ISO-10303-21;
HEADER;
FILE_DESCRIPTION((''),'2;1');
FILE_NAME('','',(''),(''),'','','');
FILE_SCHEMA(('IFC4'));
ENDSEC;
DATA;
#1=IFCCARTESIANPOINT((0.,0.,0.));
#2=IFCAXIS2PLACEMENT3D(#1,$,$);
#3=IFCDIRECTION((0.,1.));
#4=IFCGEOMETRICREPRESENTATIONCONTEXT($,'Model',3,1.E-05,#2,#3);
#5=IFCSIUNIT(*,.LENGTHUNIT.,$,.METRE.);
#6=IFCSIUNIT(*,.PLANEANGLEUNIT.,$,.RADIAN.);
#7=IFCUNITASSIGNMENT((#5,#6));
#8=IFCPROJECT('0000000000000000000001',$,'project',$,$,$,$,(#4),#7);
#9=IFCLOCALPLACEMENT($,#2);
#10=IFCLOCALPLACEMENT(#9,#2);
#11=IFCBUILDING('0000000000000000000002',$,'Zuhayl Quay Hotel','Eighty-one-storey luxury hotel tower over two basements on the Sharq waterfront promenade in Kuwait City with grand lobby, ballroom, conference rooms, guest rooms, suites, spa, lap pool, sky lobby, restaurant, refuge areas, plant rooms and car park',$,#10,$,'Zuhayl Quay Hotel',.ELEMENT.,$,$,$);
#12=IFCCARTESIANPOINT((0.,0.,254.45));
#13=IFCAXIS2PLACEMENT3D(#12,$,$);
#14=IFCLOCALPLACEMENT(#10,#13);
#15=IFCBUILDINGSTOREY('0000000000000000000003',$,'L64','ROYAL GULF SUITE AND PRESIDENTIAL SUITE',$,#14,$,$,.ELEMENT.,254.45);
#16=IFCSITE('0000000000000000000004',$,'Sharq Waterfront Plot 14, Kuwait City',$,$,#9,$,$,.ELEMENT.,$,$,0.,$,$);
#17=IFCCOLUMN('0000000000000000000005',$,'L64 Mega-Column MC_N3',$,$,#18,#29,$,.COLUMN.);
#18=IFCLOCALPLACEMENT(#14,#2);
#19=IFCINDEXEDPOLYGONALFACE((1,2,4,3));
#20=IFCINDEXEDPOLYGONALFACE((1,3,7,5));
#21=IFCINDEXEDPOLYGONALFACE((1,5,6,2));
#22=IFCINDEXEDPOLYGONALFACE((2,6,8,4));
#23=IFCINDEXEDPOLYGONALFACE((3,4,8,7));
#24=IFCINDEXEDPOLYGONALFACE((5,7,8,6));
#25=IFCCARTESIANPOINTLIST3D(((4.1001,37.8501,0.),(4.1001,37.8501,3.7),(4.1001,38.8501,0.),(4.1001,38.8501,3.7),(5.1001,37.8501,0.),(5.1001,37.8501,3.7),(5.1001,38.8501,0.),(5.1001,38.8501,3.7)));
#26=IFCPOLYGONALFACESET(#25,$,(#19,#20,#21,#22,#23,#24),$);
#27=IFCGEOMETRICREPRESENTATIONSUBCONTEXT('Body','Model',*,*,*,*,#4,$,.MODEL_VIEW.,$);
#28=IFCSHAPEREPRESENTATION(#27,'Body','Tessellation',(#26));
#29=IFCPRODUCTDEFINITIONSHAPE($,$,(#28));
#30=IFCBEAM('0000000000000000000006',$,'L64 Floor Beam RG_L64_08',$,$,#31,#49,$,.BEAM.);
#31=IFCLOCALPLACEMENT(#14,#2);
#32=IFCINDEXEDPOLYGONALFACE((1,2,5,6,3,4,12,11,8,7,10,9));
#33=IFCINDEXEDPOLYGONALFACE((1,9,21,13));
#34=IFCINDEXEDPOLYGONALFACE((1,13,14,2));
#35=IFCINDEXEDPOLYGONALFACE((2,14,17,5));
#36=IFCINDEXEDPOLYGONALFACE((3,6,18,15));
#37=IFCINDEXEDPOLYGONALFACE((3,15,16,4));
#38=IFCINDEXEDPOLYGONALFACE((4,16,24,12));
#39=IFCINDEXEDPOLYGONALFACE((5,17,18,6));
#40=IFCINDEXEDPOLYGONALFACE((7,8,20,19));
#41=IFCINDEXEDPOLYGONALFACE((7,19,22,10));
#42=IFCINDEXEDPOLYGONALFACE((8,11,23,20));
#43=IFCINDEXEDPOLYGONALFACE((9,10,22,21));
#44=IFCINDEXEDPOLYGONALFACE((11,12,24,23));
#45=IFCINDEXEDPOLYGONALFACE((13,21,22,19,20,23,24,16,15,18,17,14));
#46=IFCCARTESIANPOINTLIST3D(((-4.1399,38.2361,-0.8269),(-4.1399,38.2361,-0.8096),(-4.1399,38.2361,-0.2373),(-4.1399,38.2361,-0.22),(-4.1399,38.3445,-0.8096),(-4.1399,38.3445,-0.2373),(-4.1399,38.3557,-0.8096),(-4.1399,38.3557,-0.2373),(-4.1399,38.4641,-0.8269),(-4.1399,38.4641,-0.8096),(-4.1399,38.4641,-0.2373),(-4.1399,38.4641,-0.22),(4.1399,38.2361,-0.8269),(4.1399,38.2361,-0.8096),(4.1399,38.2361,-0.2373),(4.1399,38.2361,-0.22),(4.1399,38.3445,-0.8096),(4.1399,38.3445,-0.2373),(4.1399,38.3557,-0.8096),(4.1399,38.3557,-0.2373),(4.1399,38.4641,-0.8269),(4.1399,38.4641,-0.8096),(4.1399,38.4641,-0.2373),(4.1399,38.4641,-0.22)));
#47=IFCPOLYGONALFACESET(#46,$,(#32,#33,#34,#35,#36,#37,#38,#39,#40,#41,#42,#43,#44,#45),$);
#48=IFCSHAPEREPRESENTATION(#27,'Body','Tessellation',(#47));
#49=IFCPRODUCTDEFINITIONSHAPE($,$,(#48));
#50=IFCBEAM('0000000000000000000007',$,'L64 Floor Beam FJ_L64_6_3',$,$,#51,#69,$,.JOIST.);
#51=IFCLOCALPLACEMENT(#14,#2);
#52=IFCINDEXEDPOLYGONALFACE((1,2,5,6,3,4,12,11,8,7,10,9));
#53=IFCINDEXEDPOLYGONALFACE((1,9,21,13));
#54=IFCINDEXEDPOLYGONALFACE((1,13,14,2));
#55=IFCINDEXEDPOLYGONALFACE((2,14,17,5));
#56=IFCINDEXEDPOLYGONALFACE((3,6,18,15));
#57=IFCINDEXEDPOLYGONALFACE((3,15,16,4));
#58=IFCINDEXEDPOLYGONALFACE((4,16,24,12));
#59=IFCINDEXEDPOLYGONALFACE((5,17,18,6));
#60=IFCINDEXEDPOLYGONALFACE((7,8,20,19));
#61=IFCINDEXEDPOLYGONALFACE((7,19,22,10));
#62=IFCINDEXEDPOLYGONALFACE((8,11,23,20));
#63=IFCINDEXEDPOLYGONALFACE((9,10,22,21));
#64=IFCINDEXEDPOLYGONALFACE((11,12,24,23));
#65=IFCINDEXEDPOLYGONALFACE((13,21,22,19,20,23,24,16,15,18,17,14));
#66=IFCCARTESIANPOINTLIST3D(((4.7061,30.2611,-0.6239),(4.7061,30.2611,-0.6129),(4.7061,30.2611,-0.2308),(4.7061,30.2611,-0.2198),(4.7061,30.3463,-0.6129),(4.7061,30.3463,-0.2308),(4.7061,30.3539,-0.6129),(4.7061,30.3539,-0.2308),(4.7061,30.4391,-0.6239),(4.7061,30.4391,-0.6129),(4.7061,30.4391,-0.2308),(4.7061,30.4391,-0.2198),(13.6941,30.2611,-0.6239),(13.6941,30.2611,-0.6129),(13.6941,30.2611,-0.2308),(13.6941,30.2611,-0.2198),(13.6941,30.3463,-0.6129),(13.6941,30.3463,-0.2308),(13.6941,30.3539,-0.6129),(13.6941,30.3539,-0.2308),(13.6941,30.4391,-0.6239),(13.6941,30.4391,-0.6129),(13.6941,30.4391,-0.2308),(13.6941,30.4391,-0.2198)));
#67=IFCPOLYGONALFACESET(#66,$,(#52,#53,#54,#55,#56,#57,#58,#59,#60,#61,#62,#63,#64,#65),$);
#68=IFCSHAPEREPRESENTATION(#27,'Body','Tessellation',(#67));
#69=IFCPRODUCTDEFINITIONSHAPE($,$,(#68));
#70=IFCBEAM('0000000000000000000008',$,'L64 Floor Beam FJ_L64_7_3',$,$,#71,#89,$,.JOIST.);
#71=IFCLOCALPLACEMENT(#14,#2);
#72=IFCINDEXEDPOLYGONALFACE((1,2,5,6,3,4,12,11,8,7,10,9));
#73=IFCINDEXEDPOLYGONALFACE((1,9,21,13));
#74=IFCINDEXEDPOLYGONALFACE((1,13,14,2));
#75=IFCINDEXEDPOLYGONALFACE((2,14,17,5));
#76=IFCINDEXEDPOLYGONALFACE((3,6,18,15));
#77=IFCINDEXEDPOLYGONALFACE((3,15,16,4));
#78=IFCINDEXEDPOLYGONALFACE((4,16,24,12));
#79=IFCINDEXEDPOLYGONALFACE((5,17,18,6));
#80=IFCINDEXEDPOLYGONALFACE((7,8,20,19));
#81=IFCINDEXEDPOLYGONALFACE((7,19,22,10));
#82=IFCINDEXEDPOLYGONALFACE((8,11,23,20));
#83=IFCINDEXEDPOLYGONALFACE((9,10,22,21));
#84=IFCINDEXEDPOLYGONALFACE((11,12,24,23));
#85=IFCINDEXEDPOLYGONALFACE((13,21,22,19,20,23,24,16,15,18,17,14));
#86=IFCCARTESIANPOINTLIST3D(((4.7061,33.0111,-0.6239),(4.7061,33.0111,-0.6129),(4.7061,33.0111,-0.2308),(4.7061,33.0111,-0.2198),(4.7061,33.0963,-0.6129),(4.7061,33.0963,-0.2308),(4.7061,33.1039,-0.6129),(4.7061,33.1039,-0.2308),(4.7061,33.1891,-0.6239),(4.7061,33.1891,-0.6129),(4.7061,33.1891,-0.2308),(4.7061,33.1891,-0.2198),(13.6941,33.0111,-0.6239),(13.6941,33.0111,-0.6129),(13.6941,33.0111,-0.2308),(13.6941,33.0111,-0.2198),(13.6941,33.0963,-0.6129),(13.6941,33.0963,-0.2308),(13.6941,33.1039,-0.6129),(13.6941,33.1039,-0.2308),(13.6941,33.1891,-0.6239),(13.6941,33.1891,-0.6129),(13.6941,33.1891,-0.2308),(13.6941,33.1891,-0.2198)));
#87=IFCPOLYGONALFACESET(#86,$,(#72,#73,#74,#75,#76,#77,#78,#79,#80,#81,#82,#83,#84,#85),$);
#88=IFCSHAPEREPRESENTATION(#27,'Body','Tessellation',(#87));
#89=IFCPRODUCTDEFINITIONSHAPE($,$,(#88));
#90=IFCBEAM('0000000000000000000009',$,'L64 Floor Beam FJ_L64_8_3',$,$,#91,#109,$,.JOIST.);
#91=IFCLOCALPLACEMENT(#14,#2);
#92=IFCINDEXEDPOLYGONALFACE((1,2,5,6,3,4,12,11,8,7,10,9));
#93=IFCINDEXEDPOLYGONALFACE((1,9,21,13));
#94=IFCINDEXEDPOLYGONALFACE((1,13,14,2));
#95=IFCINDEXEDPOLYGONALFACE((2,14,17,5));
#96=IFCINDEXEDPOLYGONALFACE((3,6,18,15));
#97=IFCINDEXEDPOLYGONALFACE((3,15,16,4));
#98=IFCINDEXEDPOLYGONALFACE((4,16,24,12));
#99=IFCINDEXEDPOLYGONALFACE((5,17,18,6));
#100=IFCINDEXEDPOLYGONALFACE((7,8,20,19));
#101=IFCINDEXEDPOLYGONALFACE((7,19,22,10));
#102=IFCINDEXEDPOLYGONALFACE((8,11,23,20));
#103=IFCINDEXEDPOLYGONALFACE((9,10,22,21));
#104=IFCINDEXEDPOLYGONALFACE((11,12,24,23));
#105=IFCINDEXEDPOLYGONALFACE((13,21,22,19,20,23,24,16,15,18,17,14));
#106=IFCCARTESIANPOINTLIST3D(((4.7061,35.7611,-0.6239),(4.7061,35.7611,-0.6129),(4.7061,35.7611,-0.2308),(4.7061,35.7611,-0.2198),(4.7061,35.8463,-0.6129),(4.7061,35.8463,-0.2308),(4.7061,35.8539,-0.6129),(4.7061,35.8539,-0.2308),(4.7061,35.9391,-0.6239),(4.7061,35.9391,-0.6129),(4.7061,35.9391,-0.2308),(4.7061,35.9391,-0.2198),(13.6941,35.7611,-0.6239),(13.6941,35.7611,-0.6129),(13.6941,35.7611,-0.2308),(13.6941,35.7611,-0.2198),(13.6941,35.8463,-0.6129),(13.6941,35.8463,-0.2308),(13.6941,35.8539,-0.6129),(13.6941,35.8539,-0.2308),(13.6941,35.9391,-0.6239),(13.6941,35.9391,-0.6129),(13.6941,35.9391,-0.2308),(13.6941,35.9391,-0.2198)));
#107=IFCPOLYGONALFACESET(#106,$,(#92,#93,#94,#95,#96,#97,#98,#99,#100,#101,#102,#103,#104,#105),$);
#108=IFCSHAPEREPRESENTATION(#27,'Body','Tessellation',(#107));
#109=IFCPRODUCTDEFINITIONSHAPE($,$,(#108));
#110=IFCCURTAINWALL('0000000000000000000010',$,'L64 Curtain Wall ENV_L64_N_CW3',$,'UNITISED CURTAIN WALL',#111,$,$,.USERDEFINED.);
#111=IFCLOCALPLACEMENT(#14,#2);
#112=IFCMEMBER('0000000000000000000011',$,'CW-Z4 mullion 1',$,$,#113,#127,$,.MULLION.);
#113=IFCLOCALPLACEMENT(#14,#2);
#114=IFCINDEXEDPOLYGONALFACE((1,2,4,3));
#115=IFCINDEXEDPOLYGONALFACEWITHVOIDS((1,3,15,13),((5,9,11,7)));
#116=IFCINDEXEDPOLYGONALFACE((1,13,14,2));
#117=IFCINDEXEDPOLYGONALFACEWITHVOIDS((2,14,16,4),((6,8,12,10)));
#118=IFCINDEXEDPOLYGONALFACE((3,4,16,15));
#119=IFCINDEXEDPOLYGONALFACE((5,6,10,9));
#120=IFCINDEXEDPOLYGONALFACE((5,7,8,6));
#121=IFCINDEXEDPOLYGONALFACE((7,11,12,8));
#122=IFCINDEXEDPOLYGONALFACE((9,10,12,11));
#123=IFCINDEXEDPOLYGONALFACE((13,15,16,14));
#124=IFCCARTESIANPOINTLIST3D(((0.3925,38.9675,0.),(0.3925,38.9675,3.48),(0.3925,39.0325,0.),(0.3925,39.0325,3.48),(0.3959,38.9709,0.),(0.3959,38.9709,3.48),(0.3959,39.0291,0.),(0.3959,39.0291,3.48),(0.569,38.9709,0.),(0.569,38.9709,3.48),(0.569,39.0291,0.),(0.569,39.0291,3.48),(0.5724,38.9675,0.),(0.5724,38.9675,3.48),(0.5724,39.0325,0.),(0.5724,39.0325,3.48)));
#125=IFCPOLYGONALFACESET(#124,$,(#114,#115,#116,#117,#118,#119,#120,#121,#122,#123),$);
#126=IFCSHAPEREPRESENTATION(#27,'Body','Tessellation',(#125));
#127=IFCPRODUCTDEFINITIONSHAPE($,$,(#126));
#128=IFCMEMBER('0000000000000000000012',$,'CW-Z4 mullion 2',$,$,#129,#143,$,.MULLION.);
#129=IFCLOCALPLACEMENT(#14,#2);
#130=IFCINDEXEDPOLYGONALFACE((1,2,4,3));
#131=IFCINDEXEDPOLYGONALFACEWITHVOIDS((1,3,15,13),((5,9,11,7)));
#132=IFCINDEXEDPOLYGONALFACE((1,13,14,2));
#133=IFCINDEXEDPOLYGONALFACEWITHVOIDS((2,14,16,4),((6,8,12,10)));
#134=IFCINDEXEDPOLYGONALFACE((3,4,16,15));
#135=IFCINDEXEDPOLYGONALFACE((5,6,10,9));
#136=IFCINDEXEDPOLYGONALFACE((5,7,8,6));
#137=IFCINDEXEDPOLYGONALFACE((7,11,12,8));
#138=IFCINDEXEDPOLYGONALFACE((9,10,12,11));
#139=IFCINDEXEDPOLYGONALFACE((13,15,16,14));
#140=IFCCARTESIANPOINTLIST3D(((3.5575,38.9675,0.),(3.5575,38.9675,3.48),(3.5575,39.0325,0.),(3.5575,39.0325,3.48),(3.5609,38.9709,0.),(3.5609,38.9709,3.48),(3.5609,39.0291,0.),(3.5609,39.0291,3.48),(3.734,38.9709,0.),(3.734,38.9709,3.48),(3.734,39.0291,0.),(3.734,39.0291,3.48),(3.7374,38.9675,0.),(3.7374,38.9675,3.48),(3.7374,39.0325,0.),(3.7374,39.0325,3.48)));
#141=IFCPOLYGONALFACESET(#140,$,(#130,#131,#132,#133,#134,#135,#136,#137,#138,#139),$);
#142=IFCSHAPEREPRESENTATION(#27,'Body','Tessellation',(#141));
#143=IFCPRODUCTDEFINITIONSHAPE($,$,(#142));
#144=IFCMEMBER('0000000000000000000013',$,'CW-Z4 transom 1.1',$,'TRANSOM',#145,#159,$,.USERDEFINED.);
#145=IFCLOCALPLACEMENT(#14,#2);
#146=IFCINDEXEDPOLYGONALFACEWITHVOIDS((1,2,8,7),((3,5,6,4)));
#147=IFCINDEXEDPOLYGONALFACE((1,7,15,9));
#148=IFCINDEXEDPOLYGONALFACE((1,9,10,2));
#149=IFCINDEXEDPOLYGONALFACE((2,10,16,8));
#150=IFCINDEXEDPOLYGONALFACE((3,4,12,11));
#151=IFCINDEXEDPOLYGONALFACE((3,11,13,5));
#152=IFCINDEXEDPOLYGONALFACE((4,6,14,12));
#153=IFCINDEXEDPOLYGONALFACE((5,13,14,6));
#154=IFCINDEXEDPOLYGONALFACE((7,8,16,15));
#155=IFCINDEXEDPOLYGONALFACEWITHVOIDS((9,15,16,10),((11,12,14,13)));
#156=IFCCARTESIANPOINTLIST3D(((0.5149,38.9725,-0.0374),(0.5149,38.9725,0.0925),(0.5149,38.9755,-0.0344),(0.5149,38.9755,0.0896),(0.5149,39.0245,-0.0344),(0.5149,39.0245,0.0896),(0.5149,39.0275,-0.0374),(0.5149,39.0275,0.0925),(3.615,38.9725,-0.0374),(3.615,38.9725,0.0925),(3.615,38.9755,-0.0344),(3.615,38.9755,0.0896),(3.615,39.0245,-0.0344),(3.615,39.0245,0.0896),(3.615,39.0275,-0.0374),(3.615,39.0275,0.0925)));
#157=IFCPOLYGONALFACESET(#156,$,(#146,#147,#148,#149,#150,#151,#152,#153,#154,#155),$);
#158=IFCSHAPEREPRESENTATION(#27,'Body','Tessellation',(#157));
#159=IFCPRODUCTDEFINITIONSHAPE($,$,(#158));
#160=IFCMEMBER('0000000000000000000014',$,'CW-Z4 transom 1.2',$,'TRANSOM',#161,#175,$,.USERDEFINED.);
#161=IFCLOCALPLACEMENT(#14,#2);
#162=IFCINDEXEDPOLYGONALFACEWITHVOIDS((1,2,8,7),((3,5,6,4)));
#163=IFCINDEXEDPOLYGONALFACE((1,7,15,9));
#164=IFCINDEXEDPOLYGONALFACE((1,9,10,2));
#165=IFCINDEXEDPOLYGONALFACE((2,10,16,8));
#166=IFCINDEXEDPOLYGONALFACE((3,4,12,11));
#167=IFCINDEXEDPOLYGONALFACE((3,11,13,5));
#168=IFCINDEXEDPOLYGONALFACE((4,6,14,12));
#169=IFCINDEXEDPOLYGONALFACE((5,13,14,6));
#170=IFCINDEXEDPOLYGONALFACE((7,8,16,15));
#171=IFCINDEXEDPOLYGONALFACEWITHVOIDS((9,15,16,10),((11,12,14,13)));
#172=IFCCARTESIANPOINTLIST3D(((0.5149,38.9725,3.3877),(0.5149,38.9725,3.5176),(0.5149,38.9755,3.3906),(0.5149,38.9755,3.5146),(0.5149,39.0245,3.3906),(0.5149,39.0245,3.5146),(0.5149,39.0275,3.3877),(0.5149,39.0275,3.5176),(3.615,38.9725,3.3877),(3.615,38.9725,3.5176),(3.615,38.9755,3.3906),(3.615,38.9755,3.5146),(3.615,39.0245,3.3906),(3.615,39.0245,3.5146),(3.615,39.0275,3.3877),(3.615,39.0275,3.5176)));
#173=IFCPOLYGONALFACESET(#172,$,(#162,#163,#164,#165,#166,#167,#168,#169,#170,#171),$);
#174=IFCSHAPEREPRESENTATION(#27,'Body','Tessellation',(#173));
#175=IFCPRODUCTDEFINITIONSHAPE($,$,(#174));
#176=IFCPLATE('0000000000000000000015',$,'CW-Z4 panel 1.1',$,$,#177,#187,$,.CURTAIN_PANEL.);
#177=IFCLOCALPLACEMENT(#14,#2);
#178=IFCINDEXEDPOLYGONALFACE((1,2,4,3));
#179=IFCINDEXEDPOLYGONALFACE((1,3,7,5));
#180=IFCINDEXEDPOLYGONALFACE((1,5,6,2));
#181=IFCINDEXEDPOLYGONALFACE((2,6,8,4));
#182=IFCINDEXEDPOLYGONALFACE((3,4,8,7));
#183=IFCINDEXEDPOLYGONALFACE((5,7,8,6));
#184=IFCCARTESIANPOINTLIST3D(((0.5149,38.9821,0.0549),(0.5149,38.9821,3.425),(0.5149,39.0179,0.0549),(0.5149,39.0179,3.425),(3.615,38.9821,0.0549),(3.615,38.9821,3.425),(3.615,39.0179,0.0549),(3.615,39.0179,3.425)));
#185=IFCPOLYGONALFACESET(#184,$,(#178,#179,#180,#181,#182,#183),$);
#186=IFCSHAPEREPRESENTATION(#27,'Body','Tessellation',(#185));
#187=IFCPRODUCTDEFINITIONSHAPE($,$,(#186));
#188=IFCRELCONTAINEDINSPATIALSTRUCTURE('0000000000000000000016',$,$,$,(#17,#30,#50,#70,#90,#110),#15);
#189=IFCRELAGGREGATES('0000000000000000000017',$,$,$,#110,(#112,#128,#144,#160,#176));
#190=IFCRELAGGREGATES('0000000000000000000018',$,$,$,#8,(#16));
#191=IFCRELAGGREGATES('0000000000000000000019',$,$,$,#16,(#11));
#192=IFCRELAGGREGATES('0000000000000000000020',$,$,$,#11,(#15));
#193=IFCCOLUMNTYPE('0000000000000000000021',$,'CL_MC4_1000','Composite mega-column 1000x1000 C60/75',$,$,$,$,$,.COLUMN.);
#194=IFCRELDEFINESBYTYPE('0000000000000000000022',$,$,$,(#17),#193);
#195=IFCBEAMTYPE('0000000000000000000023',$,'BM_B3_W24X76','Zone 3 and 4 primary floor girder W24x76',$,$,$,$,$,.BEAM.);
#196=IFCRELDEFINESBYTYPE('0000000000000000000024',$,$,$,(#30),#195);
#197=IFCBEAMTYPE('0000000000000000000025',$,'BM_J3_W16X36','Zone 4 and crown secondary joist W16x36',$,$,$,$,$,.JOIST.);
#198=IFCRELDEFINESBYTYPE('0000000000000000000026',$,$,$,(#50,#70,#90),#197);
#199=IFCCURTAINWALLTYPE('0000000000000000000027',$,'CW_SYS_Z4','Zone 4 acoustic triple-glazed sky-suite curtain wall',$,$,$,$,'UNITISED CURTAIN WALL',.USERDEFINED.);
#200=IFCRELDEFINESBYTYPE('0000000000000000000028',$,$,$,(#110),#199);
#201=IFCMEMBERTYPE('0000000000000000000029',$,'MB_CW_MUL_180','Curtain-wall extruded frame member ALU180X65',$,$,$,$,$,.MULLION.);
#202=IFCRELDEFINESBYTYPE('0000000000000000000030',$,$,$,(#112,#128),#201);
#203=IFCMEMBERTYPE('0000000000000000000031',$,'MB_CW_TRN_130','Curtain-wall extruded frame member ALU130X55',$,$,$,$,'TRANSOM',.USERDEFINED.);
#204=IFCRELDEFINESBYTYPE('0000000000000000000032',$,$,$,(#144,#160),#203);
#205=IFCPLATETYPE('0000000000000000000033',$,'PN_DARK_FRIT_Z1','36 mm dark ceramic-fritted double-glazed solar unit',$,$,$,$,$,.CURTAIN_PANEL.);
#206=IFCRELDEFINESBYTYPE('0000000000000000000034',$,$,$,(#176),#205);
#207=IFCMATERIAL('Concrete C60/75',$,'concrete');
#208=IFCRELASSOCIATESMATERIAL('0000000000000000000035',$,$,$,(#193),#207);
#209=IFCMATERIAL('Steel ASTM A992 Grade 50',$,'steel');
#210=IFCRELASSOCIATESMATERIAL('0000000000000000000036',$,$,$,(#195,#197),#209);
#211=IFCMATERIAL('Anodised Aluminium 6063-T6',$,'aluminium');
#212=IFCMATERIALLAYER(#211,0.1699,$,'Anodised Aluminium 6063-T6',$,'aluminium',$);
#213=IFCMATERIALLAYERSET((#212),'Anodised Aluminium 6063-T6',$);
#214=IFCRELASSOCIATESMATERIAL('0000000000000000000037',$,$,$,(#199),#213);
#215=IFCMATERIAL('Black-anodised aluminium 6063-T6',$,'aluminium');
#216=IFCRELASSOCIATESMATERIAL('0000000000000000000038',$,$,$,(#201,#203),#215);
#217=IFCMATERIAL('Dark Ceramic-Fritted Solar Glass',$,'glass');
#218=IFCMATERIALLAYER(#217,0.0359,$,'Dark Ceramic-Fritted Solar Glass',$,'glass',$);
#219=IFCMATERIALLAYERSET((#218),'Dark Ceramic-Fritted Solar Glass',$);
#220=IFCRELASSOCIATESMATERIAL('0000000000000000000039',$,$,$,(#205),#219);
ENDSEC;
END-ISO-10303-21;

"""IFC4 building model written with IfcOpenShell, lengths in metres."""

from ifc_helpers import new_model, si_unit, direction, frame, origin, origin_2d, place, context, subcontext, project, spatial, rectangle, hollow_rectangle, i_section, extrude, material, layer, layer_set, material_profile, profile_set, type_object, element, aggregate, save


model = new_model("IFC4")

# Units and contexts
model_context = context("Model", 3, precision=1e-05, world=origin(), true_north=direction((0.0, 1.0)))
body_context = subcontext(model_context, "Body", "Model", "MODEL_VIEW")
ifc_project = project(units=[si_unit("LENGTHUNIT", "METRE"), si_unit("PLANEANGLEUNIT", "RADIAN")], contexts=[model_context])

# Site, building, storey
site_placement = place(None, origin())
site = spatial("IfcSite", under=ifc_project, at=site_placement, Name="Sharq Waterfront Plot 14, Kuwait City", CompositionType="ELEMENT", RefElevation=0.0)
building_placement = place(site_placement, origin())
building = spatial("IfcBuilding", under=site, at=building_placement, Name="Zuhayl Quay Hotel", Description="Eighty-one-storey luxury hotel tower over two basements on the Sharq waterfront promenade in Kuwait City with grand lobby, ballroom, conference rooms, guest rooms, suites, spa, lap pool, sky lobby, restaurant, refuge areas, plant rooms and car park", LongName="Zuhayl Quay Hotel", CompositionType="ELEMENT")
storey_placement = place(building_placement, frame((0.0, 0.0, 254.45)))
storey = spatial("IfcBuildingStorey", under=building, at=storey_placement, Name="L64", Description="ROYAL GULF SUITE AND PRESIDENTIAL SUITE", CompositionType="ELEMENT", Elevation=254.45)

# Column
ifc_material_1 = material(Name="Concrete C60/75", Category="concrete")
ifc_material_profile_1 = material_profile(ifc_material_1, rectangle(XDim=1.0, YDim=1.0, at=origin_2d()), Name="RC1000X1000")
ifc_profile_set_1 = profile_set([ifc_material_profile_1], Name="Concrete C60/75")
column_type = type_object("IfcColumnType", Name="CL_MC4_1000", Description="Composite mega-column 1000x1000 C60/75", PredefinedType="COLUMN", material=ifc_profile_set_1)
column_placement = place(storey_placement, frame((4.6001, 38.3501, 0.0), z_axis=(0.0, 0.0, 1.0), x_axis=(1.0, 0.0, 0.0)))
element("IfcColumn", 1, at=column_placement, inside=storey, type_object=column_type, Name="L64 Mega-Column MC_N3", PredefinedType="COLUMN", context=body_context, shape_type="SweptSolid", body=[
    extrude(rectangle(XDim=1.0, YDim=1.0, at=origin_2d()), origin(), (0.0, 0.0, 1.0), 3.7),
])

# Beams
ifc_material_2 = material(Name="Steel ASTM A992 Grade 50", Category="steel")
ifc_material_profile_2 = material_profile(ifc_material_2, i_section(OverallWidth=0.228, OverallDepth=0.6069, WebThickness=0.0112, FlangeThickness=0.0173, at=origin_2d()), Name="W24X76")
ifc_profile_set_2 = profile_set([ifc_material_profile_2], Name="Steel ASTM A992 Grade 50")
beam_type_1 = type_object("IfcBeamType", Name="BM_B3_W24X76", Description="Zone 3 and 4 primary floor girder W24x76", PredefinedType="BEAM", material=ifc_profile_set_2)
beam_placement = place(storey_placement, frame((4.1399, 38.3501, -0.5234), z_axis=(-1.0, 0.0, 0.0), x_axis=(0.0, -1.0, 0.0)))
element("IfcBeam", 2, at=beam_placement, inside=storey, type_object=beam_type_1, Name="L64 Floor Beam RG_L64_08", PredefinedType="BEAM", context=body_context, shape_type="SweptSolid", body=[
    extrude(i_section(OverallWidth=0.228, OverallDepth=0.6069, WebThickness=0.0112, FlangeThickness=0.0173, at=origin_2d()), origin(), (0.0, 0.0, 1.0), 8.2798),
])
ifc_material_profile_3 = material_profile(ifc_material_2, i_section(OverallWidth=0.178, OverallDepth=0.4041, WebThickness=0.0076, FlangeThickness=0.011, at=origin_2d()), Name="W16X36")
ifc_profile_set_3 = profile_set([ifc_material_profile_3], Name="Steel ASTM A992 Grade 50")
beam_type_2 = type_object("IfcBeamType", Name="BM_J3_W16X36", Description="Zone 4 and crown secondary joist W16x36", PredefinedType="JOIST", material=ifc_profile_set_3)
for number, where, z_axis, x_axis, name in (
    (3, (4.7061, 30.3501, -0.4219), (1.0, 0.0, 0.0), (0.0, 1.0, 0.0), "L64 Floor Beam FJ_L64_6_3"),
    (4, (4.7061, 33.1001, -0.4219), (1.0, 0.0, 0.0), (0.0, 1.0, 0.0), "L64 Floor Beam FJ_L64_7_3"),
    (5, (4.7061, 35.8501, -0.4219), (1.0, 0.0, 0.0), (0.0, 1.0, 0.0), "L64 Floor Beam FJ_L64_8_3"),
):
    element("IfcBeam", number, at=place(storey_placement, frame(where, z_axis=z_axis, x_axis=x_axis)), inside=storey, type_object=beam_type_2, Name=name, PredefinedType="JOIST", context=body_context, shape_type="SweptSolid", body=[
        extrude(i_section(OverallWidth=0.178, OverallDepth=0.4041, WebThickness=0.0076, FlangeThickness=0.011, at=origin_2d()), origin(), (0.0, 0.0, 1.0), 8.988),
    ])

# Curtain wall, members, plate
ifc_material_3 = material(Name="Anodised Aluminium 6063-T6", Category="aluminium")
ifc_layer_1 = layer(ifc_material_3, 0.1699, Name="Anodised Aluminium 6063-T6", Category="aluminium")
ifc_layer_set_1 = layer_set([ifc_layer_1], Name="Anodised Aluminium 6063-T6")
curtain_wall_type = type_object("IfcCurtainWallType", Name="CW_SYS_Z4", Description="Zone 4 acoustic triple-glazed sky-suite curtain wall", ElementType="UNITISED CURTAIN WALL", PredefinedType="USERDEFINED", material=ifc_layer_set_1)
curtain_wall_placement = place(storey_placement, origin())
curtain_wall = element("IfcCurtainWall", 6, at=curtain_wall_placement, inside=storey, type_object=curtain_wall_type, Name="L64 Curtain Wall ENV_L64_N_CW3", ObjectType="UNITISED CURTAIN WALL", PredefinedType="USERDEFINED")
ifc_material_4 = material(Name="Black-anodised aluminium 6063-T6", Category="aluminium")
ifc_material_profile_4 = material_profile(ifc_material_4, hollow_rectangle(XDim=0.0649, YDim=0.1799, WallThickness=0.0034, at=origin_2d()), Name="ALU180X65")
ifc_profile_set_4 = profile_set([ifc_material_profile_4], Name="Black-anodised aluminium 6063-T6")
member_type_1 = type_object("IfcMemberType", Name="MB_CW_MUL_180", Description="Curtain-wall extruded frame member ALU180X65", PredefinedType="MULLION", material=ifc_profile_set_4)
member_1_placement = place(storey_placement, frame((0.4824, 39.0, 0.0), z_axis=(0.0, 0.0, 1.0), x_axis=(0.0, 1.0, 0.0)))
member_1 = element("IfcMember", 7, at=member_1_placement, type_object=member_type_1, Name="CW-Z4 mullion 1", PredefinedType="MULLION", context=body_context, shape_type="SweptSolid", body=[
    extrude(hollow_rectangle(XDim=0.0649, YDim=0.1799, WallThickness=0.0034, at=origin_2d()), origin(), (0.0, 0.0, 1.0), 3.48),
])
member_2_placement = place(storey_placement, frame((3.6475, 39.0, 0.0), z_axis=(0.0, 0.0, 1.0), x_axis=(0.0, 1.0, 0.0)))
member_2 = element("IfcMember", 8, at=member_2_placement, type_object=member_type_1, Name="CW-Z4 mullion 2", PredefinedType="MULLION", context=body_context, shape_type="SweptSolid", body=[
    extrude(hollow_rectangle(XDim=0.0649, YDim=0.1799, WallThickness=0.0034, at=origin_2d()), origin(), (0.0, 0.0, 1.0), 3.48),
])
ifc_material_profile_5 = material_profile(ifc_material_4, hollow_rectangle(XDim=0.0549, YDim=0.1299, WallThickness=0.0029, at=origin_2d()), Name="ALU130X55")
ifc_profile_set_5 = profile_set([ifc_material_profile_5], Name="Black-anodised aluminium 6063-T6")
member_type_2 = type_object("IfcMemberType", Name="MB_CW_TRN_130", Description="Curtain-wall extruded frame member ALU130X55", ElementType="TRANSOM", PredefinedType="USERDEFINED", material=ifc_profile_set_5)
member_3_placement = place(storey_placement, frame((0.5149, 39.0, 0.0276), z_axis=(1.0, 0.0, 0.0), x_axis=(0.0, 1.0, 0.0)))
member_3 = element("IfcMember", 9, at=member_3_placement, type_object=member_type_2, Name="CW-Z4 transom 1.1", ObjectType="TRANSOM", PredefinedType="USERDEFINED", context=body_context, shape_type="SweptSolid", body=[
    extrude(hollow_rectangle(XDim=0.0549, YDim=0.1299, WallThickness=0.0029, at=origin_2d()), origin(), (0.0, 0.0, 1.0), 3.1001),
])
member_4_placement = place(storey_placement, frame((0.5149, 39.0, 3.4526), z_axis=(1.0, 0.0, 0.0), x_axis=(0.0, 1.0, 0.0)))
member_4 = element("IfcMember", 10, at=member_4_placement, type_object=member_type_2, Name="CW-Z4 transom 1.2", ObjectType="TRANSOM", PredefinedType="USERDEFINED", context=body_context, shape_type="SweptSolid", body=[
    extrude(hollow_rectangle(XDim=0.0549, YDim=0.1299, WallThickness=0.0029, at=origin_2d()), origin(), (0.0, 0.0, 1.0), 3.1001),
])
ifc_material_5 = material(Name="Dark Ceramic-Fritted Solar Glass", Category="glass")
ifc_layer_2 = layer(ifc_material_5, 0.0359, Name="Dark Ceramic-Fritted Solar Glass", Category="glass")
ifc_layer_set_2 = layer_set([ifc_layer_2], Name="Dark Ceramic-Fritted Solar Glass")
plate_type = type_object("IfcPlateType", Name="PN_DARK_FRIT_Z1", Description="36 mm dark ceramic-fritted double-glazed solar unit", PredefinedType="CURTAIN_PANEL", material=ifc_layer_set_2)
plate_placement = place(storey_placement, frame((2.0649, 39.0, 0.0549), z_axis=(0.0, 0.0, 1.0), x_axis=(1.0, 0.0, 0.0)))
plate = element("IfcPlate", 11, at=plate_placement, type_object=plate_type, Name="CW-Z4 panel 1.1", PredefinedType="CURTAIN_PANEL", context=body_context, shape_type="SweptSolid", body=[
    extrude(rectangle(XDim=3.1001, YDim=0.0359, at=origin_2d()), origin(), (0.0, 0.0, 1.0), 3.3701),
])
aggregate(curtain_wall, [member_1, member_2, member_3, member_4, plate])

save(model, "model.ifc")
